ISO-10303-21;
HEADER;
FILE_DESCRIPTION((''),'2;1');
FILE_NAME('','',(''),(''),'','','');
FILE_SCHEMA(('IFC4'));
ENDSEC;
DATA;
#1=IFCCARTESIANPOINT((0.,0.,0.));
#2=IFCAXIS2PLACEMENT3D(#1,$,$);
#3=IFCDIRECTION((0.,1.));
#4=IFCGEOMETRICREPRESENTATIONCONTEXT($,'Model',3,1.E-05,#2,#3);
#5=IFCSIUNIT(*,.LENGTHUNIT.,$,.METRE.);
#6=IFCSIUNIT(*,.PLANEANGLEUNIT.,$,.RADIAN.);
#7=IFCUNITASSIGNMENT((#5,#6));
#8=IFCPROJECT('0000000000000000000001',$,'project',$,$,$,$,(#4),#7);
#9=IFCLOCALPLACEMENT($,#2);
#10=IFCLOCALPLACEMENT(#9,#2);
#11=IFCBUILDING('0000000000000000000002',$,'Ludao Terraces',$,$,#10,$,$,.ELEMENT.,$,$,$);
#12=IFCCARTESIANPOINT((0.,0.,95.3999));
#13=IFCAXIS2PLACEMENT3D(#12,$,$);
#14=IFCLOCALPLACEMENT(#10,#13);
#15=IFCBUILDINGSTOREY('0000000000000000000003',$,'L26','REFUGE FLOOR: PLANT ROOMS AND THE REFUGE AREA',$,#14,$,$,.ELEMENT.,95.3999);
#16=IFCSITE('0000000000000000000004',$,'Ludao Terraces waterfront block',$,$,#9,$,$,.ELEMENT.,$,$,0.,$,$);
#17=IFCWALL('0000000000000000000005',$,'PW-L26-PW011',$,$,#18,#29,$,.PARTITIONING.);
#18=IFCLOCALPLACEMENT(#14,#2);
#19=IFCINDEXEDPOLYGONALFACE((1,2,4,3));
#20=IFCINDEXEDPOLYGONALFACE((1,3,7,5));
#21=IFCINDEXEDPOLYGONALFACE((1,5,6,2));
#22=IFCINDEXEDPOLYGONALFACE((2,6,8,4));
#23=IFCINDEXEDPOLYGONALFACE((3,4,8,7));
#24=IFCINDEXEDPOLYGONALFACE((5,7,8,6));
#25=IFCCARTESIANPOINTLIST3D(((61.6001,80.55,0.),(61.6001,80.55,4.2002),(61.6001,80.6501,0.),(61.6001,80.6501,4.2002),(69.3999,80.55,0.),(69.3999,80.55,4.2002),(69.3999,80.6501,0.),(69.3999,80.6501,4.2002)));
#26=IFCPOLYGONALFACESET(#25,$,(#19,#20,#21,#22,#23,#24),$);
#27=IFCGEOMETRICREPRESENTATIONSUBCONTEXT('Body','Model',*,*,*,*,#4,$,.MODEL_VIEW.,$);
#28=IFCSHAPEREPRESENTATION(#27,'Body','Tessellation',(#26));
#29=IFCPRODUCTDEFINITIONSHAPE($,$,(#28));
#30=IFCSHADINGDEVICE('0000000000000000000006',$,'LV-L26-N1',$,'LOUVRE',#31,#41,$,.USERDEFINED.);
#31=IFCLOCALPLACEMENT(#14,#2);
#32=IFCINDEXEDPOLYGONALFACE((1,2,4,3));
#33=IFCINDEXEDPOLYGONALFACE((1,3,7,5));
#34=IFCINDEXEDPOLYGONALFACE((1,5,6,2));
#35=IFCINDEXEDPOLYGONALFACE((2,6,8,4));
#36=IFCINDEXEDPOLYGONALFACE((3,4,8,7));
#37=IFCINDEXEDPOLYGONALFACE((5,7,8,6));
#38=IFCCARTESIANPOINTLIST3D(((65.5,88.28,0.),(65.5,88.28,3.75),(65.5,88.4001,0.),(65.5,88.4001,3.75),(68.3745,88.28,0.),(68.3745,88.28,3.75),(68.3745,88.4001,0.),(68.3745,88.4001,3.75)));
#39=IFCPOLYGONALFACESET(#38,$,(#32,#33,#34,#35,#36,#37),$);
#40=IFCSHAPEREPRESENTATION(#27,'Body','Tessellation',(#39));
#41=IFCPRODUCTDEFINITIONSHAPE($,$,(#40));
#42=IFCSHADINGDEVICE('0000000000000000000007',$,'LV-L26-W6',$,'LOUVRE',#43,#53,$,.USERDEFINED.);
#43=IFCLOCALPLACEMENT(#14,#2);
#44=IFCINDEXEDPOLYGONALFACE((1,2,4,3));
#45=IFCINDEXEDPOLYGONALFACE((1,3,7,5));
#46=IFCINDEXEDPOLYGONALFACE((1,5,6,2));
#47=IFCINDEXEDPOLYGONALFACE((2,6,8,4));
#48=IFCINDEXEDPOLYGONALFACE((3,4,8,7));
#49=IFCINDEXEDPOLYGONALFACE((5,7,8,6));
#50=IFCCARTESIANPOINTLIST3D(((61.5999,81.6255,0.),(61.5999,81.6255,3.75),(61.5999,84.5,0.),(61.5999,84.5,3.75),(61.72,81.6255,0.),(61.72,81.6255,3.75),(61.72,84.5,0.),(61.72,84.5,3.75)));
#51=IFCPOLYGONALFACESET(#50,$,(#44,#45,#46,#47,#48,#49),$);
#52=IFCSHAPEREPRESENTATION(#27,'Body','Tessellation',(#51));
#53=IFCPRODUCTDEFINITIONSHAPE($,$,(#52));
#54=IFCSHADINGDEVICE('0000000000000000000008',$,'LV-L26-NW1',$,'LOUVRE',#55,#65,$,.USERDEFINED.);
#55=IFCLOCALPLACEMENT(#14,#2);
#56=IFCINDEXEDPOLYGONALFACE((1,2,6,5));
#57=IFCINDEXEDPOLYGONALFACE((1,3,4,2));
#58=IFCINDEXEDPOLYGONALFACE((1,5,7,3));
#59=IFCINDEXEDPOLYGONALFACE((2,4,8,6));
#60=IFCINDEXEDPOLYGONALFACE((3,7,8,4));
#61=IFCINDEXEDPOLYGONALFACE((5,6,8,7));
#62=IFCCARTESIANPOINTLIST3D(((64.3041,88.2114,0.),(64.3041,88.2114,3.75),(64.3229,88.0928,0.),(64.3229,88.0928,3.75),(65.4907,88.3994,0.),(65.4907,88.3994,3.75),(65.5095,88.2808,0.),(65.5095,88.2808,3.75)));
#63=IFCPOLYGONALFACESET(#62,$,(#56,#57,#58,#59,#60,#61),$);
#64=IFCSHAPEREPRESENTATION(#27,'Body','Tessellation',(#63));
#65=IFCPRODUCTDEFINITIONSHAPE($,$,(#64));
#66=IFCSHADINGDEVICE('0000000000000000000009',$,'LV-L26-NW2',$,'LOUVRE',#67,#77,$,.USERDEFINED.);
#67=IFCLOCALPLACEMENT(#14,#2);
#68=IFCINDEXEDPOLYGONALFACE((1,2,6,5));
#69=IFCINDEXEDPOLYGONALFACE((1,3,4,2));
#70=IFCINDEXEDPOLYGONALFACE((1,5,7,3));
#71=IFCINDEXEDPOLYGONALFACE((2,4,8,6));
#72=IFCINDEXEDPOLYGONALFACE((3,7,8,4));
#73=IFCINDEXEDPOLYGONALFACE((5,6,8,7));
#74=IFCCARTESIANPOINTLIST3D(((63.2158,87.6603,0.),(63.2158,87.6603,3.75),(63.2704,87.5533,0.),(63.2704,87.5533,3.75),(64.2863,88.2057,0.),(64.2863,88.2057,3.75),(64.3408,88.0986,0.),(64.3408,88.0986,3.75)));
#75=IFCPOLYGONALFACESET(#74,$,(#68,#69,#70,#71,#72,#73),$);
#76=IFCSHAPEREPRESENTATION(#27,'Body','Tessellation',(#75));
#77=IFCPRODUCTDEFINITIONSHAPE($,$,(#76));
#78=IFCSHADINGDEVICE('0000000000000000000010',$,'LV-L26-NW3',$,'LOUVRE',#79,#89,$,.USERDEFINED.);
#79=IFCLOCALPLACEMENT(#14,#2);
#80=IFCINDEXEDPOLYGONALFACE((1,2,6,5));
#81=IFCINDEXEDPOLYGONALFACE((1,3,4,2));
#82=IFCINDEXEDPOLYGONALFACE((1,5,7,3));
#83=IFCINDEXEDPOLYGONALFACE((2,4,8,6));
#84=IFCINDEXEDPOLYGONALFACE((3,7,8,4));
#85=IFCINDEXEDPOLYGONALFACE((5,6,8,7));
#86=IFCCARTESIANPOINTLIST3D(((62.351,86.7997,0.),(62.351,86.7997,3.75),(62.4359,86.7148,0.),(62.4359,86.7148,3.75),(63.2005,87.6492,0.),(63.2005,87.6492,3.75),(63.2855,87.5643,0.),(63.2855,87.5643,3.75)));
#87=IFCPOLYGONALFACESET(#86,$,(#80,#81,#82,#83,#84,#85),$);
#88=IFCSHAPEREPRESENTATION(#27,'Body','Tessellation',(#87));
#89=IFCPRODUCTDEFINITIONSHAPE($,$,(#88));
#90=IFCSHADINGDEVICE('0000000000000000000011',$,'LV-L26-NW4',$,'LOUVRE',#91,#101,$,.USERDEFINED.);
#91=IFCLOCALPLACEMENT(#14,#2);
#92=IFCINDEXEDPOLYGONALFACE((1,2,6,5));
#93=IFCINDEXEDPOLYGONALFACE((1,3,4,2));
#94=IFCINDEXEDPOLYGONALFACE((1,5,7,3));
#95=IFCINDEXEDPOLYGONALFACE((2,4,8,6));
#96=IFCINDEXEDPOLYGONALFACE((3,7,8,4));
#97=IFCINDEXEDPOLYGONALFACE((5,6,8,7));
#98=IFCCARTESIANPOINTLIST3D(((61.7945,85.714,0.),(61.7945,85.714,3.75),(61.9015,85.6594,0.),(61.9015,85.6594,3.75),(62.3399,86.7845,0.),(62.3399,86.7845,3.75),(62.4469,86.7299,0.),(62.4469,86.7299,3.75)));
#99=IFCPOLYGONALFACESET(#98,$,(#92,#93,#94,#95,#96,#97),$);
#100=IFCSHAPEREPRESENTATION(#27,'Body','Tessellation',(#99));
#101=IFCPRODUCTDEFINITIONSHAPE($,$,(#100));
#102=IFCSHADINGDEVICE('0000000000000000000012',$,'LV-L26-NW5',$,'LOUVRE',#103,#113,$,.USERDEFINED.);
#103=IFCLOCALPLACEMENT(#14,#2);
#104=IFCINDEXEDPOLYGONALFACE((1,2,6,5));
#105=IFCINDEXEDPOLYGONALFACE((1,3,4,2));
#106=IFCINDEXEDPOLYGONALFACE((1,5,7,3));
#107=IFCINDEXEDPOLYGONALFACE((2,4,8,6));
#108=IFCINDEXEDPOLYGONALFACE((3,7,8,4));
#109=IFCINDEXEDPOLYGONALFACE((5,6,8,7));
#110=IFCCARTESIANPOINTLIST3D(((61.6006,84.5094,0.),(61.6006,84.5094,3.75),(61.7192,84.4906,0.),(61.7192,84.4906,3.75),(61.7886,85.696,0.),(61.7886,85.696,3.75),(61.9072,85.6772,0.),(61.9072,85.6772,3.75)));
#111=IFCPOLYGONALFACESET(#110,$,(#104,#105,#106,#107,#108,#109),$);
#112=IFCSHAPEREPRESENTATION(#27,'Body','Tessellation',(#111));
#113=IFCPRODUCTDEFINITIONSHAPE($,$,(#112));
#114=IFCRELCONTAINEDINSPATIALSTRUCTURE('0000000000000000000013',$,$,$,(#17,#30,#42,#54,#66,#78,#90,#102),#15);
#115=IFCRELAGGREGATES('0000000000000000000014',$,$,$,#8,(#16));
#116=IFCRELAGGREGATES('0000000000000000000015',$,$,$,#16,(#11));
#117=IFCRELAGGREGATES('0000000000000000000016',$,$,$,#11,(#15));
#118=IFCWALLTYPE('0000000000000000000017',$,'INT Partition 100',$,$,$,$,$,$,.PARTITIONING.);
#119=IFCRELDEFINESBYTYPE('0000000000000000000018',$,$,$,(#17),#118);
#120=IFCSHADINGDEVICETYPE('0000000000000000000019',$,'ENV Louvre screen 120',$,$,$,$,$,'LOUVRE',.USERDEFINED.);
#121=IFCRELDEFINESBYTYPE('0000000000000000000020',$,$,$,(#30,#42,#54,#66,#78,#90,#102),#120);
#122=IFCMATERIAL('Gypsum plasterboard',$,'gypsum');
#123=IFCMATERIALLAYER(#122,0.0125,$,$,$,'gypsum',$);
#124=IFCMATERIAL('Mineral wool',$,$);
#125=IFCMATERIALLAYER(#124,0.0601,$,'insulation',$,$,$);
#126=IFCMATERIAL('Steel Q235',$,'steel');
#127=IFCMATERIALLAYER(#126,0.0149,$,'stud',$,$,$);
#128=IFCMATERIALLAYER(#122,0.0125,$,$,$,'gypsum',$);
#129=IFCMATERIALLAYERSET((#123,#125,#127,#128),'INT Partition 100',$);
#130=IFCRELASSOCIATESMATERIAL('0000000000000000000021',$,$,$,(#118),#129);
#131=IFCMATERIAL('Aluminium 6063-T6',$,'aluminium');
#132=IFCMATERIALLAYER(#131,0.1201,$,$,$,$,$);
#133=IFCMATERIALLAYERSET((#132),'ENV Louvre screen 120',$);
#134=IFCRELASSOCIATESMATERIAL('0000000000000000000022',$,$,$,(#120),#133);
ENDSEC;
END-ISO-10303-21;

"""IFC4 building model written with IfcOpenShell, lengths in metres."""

from ifc_helpers import new_model, si_unit, direction, frame, frame_2d, origin, place, context, subcontext, project, spatial, rectangle, extrude, material, layer, layer_set, type_object, element, save


model = new_model("IFC4")

# Units and contexts
model_context = context("Model", 3, precision=1e-05, world=origin(), true_north=direction((0.0, 1.0)))
body_context = subcontext(model_context, "Body", "Model", "MODEL_VIEW")
ifc_project = project(units=[si_unit("LENGTHUNIT", "METRE"), si_unit("PLANEANGLEUNIT", "RADIAN")], contexts=[model_context])

# Site, building, storey
site_placement = place(None, origin())
site = spatial("IfcSite", under=ifc_project, at=site_placement, Name="Ludao Terraces waterfront block", CompositionType="ELEMENT", RefElevation=0.0)
building_placement = place(site_placement, origin())
building = spatial("IfcBuilding", under=site, at=building_placement, Name="Ludao Terraces", CompositionType="ELEMENT")
storey_placement = place(building_placement, frame((0.0, 0.0, 95.3999)))
storey = spatial("IfcBuildingStorey", under=building, at=storey_placement, Name="L26", Description="REFUGE FLOOR: PLANT ROOMS AND THE REFUGE AREA", CompositionType="ELEMENT", Elevation=95.3999)

# Wall
ifc_material_1 = material(Name="Gypsum plasterboard", Category="gypsum")
ifc_layer_1 = layer(ifc_material_1, 0.0125, Category="gypsum")
ifc_material_2 = material(Name="Mineral wool")
ifc_layer_2 = layer(ifc_material_2, 0.0601, Name="insulation")
ifc_material_3 = material(Name="Steel Q235", Category="steel")
ifc_layer_3 = layer(ifc_material_3, 0.0149, Name="stud")
ifc_layer_4 = layer(ifc_material_1, 0.0125, Category="gypsum")
ifc_layer_set_1 = layer_set([ifc_layer_1, ifc_layer_2, ifc_layer_3, ifc_layer_4], Name="INT Partition 100")
wall_type = type_object("IfcWallType", Name="INT Partition 100", PredefinedType="PARTITIONING", material=ifc_layer_set_1)
wall_placement = place(storey_placement, frame((61.6001, 80.6001, 0.0), z_axis=(0.0, 0.0, 1.0), x_axis=(1.0, 0.0, 0.0)))
element("IfcWall", 1, at=wall_placement, inside=storey, type_object=wall_type, Name="PW-L26-PW011", PredefinedType="PARTITIONING", context=body_context, shape_type="SweptSolid", body=[
    extrude(rectangle(XDim=7.7998, YDim=0.1001, at=frame_2d((3.8999, 0.0))), origin(), (0.0, 0.0, 1.0), 4.2002),
])

# Shading devices
ifc_material_4 = material(Name="Aluminium 6063-T6", Category="aluminium")
ifc_layer_5 = layer(ifc_material_4, 0.1201)
ifc_layer_set_2 = layer_set([ifc_layer_5], Name="ENV Louvre screen 120")
shading_device_type = type_object("IfcShadingDeviceType", Name="ENV Louvre screen 120", ElementType="LOUVRE", PredefinedType="USERDEFINED", material=ifc_layer_set_2)
for number, where, z_axis, x_axis, name in (
    (2, (65.5, 88.3401, 0.0), (0.0, 0.0, 1.0), (1.0, 0.0, 0.0), "LV-L26-N1"),
    (3, (61.6599, 81.6255, 0.0), (0.0, 0.0, 1.0), (0.0, 1.0, 0.0), "LV-L26-W6"),
):
    element("IfcShadingDevice", number, at=place(storey_placement, frame(where, z_axis=z_axis, x_axis=x_axis)), inside=storey, type_object=shading_device_type, Name=name, ObjectType="LOUVRE", PredefinedType="USERDEFINED", context=body_context, shape_type="SweptSolid", body=[
        extrude(rectangle(XDim=2.8745, YDim=0.1201, at=frame_2d((1.4373, 0.0))), origin(), (0.0, 0.0, 1.0), 3.75),
    ])
for number, where, z_axis, x_axis, name in (
    (4, (65.5, 88.3401, 0.0), (0.0, 0.0, 1.0), (-0.98768, -0.156484, 0.0), "LV-L26-NW1"),
    (5, (64.3135, 88.1521, 0.0), (0.0, 0.0, 1.0), (-0.891029, -0.453947, 0.0), "LV-L26-NW2"),
    (6, (63.2429, 87.6067, 0.0), (0.0, 0.0, 1.0), (-0.707107, -0.707107, 0.0), "LV-L26-NW3"),
    (7, (62.3933, 86.7571, 0.0), (0.0, 0.0, 1.0), (-0.453947, -0.891029, 0.0), "LV-L26-NW4"),
    (8, (61.8479, 85.6865, 0.0), (0.0, 0.0, 1.0), (-0.156484, -0.98768, 0.0), "LV-L26-NW5"),
):
    element("IfcShadingDevice", number, at=place(storey_placement, frame(where, z_axis=z_axis, x_axis=x_axis)), inside=storey, type_object=shading_device_type, Name=name, ObjectType="LOUVRE", PredefinedType="USERDEFINED", context=body_context, shape_type="SweptSolid", body=[
        extrude(rectangle(XDim=1.2014, YDim=0.1201, at=frame_2d((0.6006, 0.0))), origin(), (0.0, 0.0, 1.0), 3.75),
    ])

save(model, "model.ifc")
